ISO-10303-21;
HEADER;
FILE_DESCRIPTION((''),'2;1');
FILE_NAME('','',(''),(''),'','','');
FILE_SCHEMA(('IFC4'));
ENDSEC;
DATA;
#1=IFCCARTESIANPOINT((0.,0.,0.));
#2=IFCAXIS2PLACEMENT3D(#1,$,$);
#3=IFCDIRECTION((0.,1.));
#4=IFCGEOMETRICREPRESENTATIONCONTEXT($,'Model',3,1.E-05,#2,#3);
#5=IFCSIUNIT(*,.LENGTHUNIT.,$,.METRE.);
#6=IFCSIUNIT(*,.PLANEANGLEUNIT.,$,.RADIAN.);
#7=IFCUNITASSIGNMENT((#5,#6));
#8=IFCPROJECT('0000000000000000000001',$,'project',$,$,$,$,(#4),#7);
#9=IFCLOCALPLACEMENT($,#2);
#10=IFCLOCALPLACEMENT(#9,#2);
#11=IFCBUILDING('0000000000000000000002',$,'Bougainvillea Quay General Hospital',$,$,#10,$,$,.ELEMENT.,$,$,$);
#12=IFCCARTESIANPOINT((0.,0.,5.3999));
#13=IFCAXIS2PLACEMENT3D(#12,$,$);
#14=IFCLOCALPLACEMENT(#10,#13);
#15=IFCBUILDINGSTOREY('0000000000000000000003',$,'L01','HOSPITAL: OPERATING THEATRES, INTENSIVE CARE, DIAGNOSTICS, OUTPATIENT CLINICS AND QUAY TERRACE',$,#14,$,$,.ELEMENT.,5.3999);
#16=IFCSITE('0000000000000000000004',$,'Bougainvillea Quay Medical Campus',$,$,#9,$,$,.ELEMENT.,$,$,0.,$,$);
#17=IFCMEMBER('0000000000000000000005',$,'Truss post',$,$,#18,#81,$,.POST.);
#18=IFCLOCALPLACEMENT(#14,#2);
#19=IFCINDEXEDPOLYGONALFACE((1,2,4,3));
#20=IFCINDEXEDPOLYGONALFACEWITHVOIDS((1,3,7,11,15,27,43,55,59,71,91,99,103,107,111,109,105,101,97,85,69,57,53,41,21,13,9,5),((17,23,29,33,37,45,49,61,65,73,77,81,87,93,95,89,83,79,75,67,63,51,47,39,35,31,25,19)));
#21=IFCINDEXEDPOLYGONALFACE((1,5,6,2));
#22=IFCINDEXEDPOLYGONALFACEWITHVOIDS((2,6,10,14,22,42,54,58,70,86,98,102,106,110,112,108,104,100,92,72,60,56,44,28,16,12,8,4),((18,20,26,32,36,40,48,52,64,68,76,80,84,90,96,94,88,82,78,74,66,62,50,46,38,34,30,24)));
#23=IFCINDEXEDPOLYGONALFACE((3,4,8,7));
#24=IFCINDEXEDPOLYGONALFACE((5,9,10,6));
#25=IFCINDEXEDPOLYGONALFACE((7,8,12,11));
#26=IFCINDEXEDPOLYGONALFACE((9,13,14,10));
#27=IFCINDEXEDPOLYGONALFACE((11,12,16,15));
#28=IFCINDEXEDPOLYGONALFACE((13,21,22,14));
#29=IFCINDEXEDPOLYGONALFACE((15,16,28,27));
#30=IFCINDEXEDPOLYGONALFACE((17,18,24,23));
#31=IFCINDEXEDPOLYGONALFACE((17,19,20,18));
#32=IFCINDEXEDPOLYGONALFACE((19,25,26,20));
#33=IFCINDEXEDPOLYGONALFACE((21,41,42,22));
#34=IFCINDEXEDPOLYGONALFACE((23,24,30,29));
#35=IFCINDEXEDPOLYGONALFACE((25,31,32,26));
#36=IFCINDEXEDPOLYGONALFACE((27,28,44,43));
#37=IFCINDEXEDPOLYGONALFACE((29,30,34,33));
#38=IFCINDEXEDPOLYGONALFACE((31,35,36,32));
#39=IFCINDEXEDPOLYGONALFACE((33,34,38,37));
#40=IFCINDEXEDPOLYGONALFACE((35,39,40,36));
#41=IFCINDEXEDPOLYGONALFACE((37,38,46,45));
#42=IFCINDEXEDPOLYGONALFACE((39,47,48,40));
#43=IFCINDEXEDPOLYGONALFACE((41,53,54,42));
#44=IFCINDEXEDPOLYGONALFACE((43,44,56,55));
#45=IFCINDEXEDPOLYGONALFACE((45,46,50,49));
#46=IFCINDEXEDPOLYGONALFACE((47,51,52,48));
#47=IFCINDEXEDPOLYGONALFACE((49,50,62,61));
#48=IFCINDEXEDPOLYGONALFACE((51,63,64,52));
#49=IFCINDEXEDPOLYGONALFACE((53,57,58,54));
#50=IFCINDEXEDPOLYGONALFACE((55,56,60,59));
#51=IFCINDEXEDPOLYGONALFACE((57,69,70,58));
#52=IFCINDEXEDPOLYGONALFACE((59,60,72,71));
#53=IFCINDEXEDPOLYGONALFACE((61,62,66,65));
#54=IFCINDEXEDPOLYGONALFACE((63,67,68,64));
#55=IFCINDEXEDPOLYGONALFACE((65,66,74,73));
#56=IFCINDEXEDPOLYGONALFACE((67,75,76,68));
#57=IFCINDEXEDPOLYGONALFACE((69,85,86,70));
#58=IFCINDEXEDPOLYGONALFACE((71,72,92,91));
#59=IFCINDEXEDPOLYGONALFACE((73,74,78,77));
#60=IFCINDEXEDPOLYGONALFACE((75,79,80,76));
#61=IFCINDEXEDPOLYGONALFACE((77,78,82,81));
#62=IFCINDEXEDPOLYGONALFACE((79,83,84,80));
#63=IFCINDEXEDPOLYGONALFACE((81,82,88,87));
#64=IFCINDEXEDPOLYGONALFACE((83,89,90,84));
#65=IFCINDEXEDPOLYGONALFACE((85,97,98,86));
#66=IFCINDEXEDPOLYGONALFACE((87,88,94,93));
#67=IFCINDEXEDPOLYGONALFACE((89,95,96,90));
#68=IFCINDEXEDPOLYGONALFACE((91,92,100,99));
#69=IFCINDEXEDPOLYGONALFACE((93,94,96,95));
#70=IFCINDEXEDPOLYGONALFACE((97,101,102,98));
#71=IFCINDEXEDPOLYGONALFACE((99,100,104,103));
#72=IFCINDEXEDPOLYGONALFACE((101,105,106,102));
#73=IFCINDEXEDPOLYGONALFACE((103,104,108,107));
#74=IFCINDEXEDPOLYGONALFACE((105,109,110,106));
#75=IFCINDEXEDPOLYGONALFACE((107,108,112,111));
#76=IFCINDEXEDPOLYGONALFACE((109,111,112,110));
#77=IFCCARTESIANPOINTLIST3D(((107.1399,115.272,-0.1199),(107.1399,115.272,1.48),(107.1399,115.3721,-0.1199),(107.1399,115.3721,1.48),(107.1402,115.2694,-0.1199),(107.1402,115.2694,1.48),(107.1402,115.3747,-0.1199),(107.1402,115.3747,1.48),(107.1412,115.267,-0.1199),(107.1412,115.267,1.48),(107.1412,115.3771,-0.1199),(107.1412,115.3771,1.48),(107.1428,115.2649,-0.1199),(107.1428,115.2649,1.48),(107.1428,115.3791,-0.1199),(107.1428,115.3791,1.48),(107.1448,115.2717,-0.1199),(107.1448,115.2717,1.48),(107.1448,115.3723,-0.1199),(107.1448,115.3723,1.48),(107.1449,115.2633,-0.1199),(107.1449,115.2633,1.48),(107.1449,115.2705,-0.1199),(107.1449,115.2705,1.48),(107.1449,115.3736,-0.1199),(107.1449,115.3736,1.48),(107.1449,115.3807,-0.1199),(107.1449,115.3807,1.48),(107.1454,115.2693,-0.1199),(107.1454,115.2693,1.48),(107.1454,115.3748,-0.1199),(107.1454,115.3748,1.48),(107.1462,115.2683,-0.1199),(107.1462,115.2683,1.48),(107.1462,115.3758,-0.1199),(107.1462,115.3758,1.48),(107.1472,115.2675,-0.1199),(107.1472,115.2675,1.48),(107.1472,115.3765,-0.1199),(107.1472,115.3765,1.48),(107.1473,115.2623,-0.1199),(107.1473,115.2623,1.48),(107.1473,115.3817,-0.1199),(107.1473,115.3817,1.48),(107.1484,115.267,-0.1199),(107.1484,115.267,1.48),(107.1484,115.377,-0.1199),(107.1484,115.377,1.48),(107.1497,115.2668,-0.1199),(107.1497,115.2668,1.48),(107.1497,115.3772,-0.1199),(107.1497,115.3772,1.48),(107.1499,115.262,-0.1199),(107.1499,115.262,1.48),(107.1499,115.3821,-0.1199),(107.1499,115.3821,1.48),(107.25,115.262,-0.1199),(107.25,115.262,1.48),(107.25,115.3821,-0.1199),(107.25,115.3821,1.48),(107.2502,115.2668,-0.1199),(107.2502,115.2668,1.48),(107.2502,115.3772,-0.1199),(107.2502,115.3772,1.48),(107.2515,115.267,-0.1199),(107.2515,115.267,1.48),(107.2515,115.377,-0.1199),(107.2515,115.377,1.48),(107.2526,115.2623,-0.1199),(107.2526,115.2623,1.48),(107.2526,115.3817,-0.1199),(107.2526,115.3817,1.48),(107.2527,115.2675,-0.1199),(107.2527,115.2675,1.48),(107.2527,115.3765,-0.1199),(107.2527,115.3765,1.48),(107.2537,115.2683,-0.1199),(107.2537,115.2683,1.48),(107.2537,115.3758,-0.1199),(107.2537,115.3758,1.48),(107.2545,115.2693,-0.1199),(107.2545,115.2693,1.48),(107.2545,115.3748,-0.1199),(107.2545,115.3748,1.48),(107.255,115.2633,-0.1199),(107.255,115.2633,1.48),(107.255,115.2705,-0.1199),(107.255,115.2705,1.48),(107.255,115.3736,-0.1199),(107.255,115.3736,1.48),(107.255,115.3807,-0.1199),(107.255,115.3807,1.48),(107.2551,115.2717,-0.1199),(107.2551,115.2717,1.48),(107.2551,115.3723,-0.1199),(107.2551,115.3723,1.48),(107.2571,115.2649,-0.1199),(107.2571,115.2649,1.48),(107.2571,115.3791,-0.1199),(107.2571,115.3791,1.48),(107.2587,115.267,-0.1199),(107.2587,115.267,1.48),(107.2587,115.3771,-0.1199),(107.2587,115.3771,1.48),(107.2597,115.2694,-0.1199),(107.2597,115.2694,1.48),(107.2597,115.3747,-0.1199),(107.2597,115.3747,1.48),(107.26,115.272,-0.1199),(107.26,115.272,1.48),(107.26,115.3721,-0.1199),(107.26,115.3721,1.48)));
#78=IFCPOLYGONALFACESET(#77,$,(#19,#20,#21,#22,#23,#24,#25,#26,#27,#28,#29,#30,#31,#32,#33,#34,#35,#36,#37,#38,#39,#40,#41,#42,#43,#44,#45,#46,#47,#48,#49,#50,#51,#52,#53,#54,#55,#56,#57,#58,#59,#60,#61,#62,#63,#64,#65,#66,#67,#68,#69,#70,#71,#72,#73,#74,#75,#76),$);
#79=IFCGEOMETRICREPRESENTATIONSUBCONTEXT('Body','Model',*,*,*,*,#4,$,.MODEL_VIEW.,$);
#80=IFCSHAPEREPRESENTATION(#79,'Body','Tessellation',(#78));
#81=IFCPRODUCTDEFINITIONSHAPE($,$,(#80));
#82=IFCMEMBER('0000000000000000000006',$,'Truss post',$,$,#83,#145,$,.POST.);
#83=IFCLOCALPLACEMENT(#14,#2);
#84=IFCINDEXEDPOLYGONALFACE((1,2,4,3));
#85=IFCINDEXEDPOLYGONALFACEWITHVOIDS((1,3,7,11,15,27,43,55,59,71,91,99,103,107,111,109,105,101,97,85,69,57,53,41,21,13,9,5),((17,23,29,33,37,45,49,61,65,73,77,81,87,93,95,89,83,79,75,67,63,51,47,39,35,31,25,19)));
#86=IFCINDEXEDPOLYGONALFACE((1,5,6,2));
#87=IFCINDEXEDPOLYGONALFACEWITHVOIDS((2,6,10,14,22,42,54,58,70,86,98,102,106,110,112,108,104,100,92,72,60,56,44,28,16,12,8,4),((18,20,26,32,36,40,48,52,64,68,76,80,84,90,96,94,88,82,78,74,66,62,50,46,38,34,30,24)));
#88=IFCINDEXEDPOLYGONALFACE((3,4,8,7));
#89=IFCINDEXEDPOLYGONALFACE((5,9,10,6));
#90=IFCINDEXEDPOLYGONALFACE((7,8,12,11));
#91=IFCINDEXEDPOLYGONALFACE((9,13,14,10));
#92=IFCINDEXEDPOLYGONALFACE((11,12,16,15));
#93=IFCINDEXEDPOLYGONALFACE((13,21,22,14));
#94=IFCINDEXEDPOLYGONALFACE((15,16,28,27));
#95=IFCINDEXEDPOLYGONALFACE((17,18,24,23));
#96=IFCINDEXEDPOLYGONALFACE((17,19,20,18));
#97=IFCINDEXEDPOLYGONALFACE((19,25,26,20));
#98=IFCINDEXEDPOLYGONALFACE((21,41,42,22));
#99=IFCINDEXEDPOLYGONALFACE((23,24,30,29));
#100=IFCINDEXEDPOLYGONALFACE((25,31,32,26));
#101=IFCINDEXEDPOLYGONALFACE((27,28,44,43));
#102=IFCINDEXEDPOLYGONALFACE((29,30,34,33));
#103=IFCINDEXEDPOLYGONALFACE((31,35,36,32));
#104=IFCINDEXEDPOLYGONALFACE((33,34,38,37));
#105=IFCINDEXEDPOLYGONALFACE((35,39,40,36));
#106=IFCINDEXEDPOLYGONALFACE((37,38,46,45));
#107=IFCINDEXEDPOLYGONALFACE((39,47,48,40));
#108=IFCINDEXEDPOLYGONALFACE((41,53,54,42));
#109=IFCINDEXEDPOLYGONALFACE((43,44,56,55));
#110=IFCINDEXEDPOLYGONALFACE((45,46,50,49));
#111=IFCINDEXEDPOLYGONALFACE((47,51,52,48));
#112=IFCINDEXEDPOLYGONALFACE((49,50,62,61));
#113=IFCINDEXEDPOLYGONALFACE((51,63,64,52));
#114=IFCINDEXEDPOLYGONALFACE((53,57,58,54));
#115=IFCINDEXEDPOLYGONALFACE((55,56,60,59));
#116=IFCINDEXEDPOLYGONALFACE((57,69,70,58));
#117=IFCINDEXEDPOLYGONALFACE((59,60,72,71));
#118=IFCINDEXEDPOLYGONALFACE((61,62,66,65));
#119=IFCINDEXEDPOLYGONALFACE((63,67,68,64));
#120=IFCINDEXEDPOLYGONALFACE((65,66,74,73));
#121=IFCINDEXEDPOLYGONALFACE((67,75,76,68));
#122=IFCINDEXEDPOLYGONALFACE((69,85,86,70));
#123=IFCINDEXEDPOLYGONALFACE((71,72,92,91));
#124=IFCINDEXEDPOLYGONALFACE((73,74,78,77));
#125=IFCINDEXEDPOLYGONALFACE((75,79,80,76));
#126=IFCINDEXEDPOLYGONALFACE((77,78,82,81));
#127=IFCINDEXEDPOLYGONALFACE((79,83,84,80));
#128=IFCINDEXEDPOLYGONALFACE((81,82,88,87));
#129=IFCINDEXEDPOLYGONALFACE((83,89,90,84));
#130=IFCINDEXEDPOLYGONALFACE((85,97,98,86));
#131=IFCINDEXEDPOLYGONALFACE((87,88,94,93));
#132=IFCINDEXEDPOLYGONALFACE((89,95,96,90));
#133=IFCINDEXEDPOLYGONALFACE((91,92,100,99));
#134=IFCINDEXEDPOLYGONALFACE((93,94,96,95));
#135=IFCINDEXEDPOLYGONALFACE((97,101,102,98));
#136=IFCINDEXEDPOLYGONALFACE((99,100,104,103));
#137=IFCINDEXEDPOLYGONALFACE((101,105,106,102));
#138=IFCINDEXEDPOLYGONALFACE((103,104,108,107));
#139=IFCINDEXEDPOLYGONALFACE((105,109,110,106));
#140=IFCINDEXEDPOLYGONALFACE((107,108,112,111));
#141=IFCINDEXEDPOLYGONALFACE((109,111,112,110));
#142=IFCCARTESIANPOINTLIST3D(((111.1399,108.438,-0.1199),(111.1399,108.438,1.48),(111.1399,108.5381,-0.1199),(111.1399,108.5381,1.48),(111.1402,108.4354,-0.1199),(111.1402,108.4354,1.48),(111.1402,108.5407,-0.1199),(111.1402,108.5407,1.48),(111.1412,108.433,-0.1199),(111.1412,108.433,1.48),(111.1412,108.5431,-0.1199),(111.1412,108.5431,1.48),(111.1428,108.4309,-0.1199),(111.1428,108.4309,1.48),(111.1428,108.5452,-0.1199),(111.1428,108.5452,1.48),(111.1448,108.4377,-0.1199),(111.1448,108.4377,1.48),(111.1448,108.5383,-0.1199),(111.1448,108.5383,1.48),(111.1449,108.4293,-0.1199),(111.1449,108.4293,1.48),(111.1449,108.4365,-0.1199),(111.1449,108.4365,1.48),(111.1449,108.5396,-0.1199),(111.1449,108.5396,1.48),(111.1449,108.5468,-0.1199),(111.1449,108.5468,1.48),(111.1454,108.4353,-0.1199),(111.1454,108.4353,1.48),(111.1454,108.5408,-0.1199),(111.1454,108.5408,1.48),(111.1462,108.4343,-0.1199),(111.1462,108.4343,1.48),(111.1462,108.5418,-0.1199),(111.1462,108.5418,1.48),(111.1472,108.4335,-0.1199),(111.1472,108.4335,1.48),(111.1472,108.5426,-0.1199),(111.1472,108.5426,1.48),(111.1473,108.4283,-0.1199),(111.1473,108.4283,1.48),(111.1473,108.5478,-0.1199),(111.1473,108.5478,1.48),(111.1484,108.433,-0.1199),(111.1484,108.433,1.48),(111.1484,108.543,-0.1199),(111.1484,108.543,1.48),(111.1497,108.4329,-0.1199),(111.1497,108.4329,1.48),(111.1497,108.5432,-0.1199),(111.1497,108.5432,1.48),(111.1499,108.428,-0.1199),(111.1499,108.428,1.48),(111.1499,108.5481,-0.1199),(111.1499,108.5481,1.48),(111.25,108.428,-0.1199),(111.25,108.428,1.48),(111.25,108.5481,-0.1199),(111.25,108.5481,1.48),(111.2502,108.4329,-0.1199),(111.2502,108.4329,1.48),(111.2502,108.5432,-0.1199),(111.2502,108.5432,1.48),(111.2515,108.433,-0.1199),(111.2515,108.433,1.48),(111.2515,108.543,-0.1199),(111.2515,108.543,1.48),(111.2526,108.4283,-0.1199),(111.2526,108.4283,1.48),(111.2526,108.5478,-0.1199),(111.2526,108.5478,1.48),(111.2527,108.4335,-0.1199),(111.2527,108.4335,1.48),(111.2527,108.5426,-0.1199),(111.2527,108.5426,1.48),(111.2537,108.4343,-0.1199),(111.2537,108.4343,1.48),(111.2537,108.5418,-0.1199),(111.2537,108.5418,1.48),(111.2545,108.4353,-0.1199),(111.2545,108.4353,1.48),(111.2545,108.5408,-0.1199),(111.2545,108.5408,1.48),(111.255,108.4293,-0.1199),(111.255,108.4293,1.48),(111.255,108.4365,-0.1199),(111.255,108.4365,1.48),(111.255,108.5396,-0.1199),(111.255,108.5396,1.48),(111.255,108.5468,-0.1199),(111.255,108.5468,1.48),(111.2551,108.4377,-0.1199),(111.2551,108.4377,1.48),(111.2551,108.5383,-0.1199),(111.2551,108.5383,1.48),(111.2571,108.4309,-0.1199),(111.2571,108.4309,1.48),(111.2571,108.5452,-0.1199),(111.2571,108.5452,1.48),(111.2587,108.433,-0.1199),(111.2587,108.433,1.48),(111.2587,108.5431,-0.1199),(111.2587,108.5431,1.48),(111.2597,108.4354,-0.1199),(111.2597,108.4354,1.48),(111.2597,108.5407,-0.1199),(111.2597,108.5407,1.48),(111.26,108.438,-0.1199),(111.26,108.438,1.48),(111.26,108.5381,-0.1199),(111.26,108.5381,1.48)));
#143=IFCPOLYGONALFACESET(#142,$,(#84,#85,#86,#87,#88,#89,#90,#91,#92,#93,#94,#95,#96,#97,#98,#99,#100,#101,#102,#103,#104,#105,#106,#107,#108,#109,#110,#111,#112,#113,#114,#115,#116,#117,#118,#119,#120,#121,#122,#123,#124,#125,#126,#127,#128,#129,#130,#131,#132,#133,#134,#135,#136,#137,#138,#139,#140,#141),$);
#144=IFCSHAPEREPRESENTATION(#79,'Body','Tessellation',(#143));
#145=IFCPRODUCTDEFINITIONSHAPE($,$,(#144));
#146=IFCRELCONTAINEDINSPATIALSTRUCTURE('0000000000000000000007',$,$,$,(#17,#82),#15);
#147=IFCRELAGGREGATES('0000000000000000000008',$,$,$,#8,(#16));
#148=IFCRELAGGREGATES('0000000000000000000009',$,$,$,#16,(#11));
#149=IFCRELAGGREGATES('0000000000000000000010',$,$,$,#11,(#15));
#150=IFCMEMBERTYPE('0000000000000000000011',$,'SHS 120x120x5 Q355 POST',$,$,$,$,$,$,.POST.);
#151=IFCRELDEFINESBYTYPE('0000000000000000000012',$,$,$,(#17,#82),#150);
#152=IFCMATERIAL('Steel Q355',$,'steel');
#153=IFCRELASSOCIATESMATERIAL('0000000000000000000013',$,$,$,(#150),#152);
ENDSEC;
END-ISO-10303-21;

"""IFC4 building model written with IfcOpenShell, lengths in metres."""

from ifc_helpers import new_model, si_unit, direction, frame, origin, origin_2d, place, context, subcontext, project, spatial, hollow_rectangle, extrude, material, material_profile, profile_set, type_object, element, save


model = new_model("IFC4")

# Units and contexts
model_context = context("Model", 3, precision=1e-05, world=origin(), true_north=direction((0.0, 1.0)))
body_context = subcontext(model_context, "Body", "Model", "MODEL_VIEW")
ifc_project = project(units=[si_unit("LENGTHUNIT", "METRE"), si_unit("PLANEANGLEUNIT", "RADIAN")], contexts=[model_context])

# Site, building, storey
site_placement = place(None, origin())
site = spatial("IfcSite", under=ifc_project, at=site_placement, Name="Bougainvillea Quay Medical Campus", CompositionType="ELEMENT", RefElevation=0.0)
building_placement = place(site_placement, origin())
building = spatial("IfcBuilding", under=site, at=building_placement, Name="Bougainvillea Quay General Hospital", CompositionType="ELEMENT")
storey_placement = place(building_placement, frame((0.0, 0.0, 5.3999)))
storey = spatial("IfcBuildingStorey", under=building, at=storey_placement, Name="L01", Description="HOSPITAL: OPERATING THEATRES, INTENSIVE CARE, DIAGNOSTICS, OUTPATIENT CLINICS AND QUAY TERRACE", CompositionType="ELEMENT", Elevation=5.3999)

# Members
ifc_material_1 = material(Name="Steel Q355", Category="steel")
ifc_material_profile_1 = material_profile(ifc_material_1, hollow_rectangle(XDim=0.1201, YDim=0.1201, WallThickness=0.0049, InnerFilletRadius=0.0049, OuterFilletRadius=0.01, at=origin_2d()))
ifc_profile_set_1 = profile_set([ifc_material_profile_1], Name="Steel Q355")
member_type_1 = type_object("IfcMemberType", Name="SHS 120x120x5 Q355 POST", PredefinedType="POST", material=ifc_profile_set_1)
for number, where, z_axis, x_axis, name in (
    (1, (107.2, 115.322, -0.1199), (0.0, 0.0, 1.0), (1.0, 0.0, 0.0), "Truss post"),
    (2, (111.2, 108.488, -0.1199), (0.0, 0.0, 1.0), (1.0, 0.0, 0.0), "Truss post"),
):
    element("IfcMember", number, at=place(storey_placement, frame(where, z_axis=z_axis, x_axis=x_axis)), inside=storey, type_object=member_type_1, Name=name, PredefinedType="POST", context=body_context, shape_type="SweptSolid", body=[
        extrude(hollow_rectangle(XDim=0.1201, YDim=0.1201, WallThickness=0.0049, InnerFilletRadius=0.0049, OuterFilletRadius=0.01, at=origin_2d()), origin(), (0.0, 0.0, 1.0), 1.5999),
    ])

save(model, "model.ifc")
